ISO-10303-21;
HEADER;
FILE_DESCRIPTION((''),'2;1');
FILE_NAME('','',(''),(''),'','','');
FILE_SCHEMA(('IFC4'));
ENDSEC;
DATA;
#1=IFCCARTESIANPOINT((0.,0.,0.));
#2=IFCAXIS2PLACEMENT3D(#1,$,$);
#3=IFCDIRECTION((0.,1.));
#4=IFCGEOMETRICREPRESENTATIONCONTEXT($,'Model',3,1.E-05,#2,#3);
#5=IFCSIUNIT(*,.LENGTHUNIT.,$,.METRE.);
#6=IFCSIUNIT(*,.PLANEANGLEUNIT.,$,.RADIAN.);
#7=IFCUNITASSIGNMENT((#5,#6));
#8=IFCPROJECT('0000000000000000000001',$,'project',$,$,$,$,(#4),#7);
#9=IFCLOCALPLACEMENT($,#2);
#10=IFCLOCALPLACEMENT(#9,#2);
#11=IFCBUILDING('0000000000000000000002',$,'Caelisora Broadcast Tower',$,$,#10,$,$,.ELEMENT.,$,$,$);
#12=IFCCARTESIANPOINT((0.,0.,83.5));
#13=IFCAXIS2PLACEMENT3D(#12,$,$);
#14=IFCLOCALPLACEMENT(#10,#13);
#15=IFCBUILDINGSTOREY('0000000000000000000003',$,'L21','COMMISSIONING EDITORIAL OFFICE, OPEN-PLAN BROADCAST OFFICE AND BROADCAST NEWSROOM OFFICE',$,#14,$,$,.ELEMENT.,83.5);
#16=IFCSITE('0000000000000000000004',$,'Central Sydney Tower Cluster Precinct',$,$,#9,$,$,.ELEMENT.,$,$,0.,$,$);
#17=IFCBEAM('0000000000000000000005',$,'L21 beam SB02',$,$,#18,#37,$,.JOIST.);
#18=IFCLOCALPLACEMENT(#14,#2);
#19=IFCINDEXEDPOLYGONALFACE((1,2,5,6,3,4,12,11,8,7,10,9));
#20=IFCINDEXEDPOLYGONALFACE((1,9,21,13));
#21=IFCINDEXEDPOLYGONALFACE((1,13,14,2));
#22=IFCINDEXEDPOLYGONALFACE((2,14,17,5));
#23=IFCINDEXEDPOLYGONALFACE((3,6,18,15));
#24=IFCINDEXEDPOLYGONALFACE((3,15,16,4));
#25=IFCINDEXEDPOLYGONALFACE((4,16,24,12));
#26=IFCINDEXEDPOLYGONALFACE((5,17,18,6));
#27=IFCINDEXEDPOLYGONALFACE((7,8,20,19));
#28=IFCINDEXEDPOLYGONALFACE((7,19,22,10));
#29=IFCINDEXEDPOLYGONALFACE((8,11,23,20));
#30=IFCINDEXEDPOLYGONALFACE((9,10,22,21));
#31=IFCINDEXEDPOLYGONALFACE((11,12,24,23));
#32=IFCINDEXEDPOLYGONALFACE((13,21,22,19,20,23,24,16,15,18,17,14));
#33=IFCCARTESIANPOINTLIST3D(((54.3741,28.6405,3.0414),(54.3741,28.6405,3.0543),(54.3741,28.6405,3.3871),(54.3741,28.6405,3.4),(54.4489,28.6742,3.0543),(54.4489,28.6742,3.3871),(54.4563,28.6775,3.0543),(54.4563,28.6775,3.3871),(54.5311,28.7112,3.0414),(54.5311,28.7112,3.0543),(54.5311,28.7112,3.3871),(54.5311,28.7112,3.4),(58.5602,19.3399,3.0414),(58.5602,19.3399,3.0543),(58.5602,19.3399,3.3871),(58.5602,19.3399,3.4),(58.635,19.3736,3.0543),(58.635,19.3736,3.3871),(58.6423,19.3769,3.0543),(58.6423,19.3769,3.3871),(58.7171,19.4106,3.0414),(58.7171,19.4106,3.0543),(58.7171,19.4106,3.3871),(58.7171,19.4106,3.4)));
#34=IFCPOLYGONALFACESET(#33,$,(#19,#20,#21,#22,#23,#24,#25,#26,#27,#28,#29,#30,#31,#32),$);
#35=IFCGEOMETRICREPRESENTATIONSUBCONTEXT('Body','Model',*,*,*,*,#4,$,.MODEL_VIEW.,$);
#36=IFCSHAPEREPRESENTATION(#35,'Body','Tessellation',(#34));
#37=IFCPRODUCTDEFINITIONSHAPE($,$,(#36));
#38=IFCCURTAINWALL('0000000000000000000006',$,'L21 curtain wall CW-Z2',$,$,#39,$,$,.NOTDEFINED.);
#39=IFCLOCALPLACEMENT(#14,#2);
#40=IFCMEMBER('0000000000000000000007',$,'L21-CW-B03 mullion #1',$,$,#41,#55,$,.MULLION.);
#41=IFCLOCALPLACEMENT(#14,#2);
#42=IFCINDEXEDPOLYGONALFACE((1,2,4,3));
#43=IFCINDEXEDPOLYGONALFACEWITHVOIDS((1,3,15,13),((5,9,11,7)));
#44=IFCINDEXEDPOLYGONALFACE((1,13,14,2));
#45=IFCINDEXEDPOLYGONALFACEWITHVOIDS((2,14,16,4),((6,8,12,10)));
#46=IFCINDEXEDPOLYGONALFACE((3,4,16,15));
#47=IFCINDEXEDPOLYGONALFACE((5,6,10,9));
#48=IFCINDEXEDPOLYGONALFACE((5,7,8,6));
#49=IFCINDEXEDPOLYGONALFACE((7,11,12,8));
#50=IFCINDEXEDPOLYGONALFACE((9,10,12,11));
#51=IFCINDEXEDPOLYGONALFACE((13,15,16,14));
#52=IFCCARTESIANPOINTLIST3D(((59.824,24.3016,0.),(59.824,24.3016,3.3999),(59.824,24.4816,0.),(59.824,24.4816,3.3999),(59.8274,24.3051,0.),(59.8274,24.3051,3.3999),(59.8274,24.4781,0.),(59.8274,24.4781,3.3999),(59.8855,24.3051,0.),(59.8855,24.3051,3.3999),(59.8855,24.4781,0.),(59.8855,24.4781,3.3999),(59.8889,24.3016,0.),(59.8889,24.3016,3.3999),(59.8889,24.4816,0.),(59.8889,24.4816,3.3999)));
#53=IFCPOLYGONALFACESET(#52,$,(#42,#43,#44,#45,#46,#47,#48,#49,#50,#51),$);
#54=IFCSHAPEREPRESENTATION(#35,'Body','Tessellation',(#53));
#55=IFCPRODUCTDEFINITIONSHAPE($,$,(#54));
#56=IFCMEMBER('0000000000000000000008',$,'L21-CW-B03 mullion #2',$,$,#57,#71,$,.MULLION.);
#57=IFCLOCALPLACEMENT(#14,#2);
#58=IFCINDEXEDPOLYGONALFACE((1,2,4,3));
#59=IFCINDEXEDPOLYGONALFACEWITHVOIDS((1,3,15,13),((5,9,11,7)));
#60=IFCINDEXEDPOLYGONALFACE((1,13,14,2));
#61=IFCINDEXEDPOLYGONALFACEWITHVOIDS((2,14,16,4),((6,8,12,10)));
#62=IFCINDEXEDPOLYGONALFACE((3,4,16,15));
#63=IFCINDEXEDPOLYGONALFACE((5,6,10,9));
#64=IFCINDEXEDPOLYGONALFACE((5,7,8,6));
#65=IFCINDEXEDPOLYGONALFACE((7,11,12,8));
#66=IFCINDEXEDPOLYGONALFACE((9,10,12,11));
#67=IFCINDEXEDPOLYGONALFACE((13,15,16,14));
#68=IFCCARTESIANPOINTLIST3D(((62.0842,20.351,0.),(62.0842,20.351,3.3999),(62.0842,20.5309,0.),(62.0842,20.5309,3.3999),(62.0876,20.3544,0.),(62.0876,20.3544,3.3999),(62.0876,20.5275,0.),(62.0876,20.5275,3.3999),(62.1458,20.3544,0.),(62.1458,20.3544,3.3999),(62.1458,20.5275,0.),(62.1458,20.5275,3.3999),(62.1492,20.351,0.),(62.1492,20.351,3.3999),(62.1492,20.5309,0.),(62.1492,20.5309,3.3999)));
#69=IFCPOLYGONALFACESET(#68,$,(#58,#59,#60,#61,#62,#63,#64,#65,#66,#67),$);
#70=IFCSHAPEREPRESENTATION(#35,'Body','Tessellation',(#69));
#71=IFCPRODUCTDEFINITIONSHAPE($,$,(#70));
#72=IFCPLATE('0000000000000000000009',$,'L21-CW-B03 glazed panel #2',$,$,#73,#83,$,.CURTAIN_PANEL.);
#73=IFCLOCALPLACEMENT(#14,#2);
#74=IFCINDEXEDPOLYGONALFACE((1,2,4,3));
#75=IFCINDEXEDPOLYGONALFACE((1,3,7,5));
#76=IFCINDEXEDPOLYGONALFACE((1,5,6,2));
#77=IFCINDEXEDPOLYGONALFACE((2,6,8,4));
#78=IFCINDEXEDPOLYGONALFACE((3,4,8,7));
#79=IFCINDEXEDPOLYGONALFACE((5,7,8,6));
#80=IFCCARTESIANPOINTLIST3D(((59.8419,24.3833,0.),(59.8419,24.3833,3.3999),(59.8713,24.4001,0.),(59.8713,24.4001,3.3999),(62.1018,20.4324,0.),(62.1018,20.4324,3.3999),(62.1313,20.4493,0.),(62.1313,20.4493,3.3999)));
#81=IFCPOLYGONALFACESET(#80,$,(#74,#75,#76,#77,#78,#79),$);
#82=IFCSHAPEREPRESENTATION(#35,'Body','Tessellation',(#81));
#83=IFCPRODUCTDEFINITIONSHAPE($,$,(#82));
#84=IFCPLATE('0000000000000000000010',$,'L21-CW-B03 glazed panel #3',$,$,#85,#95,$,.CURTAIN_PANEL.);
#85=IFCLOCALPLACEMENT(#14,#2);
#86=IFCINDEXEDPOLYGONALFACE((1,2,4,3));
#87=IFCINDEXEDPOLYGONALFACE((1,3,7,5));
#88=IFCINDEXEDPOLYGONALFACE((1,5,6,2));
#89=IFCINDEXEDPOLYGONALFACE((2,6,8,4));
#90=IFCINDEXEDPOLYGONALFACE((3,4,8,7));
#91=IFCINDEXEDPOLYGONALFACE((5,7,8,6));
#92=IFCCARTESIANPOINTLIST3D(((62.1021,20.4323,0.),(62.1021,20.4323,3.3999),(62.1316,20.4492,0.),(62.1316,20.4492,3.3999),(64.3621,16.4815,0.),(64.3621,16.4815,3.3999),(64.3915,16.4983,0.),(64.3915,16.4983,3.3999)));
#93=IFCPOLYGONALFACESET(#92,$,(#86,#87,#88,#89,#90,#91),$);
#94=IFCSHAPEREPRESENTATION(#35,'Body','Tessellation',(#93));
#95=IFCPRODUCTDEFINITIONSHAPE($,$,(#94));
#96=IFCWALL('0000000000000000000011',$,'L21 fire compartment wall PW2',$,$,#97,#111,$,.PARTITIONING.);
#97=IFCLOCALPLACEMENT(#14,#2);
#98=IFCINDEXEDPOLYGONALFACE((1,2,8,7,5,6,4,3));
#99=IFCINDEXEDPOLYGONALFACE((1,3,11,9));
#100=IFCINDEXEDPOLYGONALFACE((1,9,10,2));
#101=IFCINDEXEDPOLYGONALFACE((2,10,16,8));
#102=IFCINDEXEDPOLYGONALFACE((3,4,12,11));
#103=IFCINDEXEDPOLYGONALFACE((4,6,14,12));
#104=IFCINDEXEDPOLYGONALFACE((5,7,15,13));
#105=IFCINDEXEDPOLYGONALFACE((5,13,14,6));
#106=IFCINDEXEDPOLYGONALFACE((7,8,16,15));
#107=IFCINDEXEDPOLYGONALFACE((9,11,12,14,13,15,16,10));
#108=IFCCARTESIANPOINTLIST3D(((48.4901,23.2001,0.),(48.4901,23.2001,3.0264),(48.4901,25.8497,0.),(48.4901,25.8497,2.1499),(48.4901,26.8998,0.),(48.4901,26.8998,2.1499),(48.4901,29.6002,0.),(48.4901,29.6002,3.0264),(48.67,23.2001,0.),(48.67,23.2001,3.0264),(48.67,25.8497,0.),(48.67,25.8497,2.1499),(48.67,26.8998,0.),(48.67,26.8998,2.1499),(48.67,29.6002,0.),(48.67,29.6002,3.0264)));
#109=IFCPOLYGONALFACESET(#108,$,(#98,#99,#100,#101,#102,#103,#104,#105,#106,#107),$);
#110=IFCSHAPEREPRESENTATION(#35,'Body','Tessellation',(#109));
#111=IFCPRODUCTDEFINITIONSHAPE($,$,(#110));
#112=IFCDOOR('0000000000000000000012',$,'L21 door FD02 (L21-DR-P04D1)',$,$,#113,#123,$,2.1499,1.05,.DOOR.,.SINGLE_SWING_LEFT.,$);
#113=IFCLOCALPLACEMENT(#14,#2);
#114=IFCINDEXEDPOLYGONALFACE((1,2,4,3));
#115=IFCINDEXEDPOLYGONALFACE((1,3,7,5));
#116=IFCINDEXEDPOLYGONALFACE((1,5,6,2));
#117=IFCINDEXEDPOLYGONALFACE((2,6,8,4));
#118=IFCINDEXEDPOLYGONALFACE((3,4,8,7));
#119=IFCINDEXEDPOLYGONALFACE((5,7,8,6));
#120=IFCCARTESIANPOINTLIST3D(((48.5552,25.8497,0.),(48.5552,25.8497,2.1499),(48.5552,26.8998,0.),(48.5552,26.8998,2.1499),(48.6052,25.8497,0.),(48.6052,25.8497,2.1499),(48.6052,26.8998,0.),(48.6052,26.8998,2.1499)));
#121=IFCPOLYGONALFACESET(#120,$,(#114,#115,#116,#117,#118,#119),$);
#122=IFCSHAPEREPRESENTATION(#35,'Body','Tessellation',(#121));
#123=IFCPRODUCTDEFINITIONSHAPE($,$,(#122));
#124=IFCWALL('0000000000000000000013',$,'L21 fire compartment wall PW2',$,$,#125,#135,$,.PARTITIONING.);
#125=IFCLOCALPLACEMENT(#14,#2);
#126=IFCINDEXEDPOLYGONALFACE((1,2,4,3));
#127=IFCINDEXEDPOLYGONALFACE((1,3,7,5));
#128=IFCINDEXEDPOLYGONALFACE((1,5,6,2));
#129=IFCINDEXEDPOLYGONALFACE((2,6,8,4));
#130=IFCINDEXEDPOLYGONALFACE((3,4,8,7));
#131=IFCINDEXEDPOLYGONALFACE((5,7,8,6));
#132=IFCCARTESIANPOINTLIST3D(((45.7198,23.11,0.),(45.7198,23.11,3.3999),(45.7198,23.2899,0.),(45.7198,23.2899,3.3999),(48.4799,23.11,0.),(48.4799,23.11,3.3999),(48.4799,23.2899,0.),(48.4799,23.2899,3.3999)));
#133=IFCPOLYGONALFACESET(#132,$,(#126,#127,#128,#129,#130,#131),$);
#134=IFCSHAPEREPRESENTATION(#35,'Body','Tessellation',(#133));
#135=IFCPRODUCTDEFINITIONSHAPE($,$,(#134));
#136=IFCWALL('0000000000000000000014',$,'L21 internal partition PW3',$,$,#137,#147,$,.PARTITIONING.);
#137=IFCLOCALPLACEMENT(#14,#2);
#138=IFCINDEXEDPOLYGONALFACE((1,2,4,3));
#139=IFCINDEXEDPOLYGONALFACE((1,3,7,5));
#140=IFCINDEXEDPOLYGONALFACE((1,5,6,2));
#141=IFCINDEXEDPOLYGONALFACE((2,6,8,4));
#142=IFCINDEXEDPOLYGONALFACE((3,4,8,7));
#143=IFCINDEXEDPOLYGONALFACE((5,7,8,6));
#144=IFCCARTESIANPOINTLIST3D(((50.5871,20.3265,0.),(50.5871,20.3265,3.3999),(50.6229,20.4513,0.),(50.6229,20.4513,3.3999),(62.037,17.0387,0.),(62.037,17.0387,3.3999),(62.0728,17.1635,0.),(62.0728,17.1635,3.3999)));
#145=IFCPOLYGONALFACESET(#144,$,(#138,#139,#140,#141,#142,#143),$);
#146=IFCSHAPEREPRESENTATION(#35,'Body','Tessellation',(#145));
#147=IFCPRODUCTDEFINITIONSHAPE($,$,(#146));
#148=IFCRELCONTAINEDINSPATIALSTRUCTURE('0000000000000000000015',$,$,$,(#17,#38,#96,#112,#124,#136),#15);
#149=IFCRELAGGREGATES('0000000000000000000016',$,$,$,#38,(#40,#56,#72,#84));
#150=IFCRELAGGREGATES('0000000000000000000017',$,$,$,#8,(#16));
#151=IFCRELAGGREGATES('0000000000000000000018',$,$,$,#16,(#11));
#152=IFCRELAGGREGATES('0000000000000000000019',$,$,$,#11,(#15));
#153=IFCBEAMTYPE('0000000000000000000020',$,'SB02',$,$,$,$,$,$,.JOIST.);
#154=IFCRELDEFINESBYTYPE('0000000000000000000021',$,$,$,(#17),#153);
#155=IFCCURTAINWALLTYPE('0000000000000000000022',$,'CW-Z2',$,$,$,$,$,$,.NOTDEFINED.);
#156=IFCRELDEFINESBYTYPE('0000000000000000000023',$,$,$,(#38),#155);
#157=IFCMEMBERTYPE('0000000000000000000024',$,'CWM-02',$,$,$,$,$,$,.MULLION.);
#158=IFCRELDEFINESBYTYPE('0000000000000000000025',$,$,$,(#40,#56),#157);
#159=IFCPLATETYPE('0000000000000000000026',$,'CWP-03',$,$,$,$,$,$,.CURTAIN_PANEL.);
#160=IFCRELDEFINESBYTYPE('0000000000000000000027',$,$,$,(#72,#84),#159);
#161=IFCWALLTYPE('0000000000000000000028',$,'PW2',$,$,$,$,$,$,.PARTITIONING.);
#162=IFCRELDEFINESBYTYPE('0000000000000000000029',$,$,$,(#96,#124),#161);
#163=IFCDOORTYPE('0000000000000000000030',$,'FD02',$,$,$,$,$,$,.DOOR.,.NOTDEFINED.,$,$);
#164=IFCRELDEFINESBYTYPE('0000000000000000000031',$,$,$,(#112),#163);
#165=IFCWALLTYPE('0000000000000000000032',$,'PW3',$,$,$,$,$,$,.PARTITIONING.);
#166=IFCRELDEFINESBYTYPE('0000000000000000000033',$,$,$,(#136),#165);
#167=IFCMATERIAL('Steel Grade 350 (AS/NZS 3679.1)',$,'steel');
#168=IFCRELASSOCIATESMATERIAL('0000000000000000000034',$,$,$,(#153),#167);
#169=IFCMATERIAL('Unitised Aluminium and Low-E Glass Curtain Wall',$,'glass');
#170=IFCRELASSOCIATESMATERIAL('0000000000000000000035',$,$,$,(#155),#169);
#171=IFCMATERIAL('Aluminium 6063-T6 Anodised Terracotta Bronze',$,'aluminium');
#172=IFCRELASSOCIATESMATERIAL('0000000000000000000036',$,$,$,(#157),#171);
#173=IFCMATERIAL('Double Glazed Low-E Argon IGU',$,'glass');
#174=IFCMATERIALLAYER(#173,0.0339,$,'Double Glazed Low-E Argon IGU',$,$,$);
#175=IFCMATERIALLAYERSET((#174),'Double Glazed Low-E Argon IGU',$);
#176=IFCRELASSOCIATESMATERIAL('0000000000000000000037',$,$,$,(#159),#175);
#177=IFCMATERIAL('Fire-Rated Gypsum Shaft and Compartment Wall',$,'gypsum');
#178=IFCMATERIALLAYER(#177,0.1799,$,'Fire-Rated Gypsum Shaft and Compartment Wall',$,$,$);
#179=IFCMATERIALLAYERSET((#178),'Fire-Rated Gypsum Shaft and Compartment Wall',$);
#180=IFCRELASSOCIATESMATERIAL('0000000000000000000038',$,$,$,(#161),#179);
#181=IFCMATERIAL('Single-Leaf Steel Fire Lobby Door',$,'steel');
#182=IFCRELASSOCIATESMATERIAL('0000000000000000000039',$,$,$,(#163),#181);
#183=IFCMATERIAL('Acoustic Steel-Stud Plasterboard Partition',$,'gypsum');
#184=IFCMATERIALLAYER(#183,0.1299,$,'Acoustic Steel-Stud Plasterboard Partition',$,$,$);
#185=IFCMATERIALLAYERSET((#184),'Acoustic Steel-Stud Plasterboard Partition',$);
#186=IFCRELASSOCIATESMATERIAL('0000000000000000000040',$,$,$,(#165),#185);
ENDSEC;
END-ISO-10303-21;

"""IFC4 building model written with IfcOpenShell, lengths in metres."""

from ifc_helpers import new_model, si_unit, direction, frame, frame_2d, origin, origin_2d, place, context, subcontext, project, spatial, rectangle, hollow_rectangle, i_section, extrude, source, transform, mapped, material, layer, layer_set, material_profile, profile_set, type_object, type_shapes, element, fill, aggregate, save


model = new_model("IFC4")

# Units and contexts
model_context = context("Model", 3, precision=1e-05, world=origin(), true_north=direction((0.0, 1.0)))
body_context = subcontext(model_context, "Body", "Model", "MODEL_VIEW")
ifc_project = project(units=[si_unit("LENGTHUNIT", "METRE"), si_unit("PLANEANGLEUNIT", "RADIAN")], contexts=[model_context])

# Site, building, storey
site_placement = place(None, origin())
site = spatial("IfcSite", under=ifc_project, at=site_placement, Name="Central Sydney Tower Cluster Precinct", CompositionType="ELEMENT", RefElevation=0.0)
building_placement = place(site_placement, origin())
building = spatial("IfcBuilding", under=site, at=building_placement, Name="Caelisora Broadcast Tower", CompositionType="ELEMENT")
storey_placement = place(building_placement, frame((0.0, 0.0, 83.5)))
storey = spatial("IfcBuildingStorey", under=building, at=storey_placement, Name="L21", Description="COMMISSIONING EDITORIAL OFFICE, OPEN-PLAN BROADCAST OFFICE AND BROADCAST NEWSROOM OFFICE", CompositionType="ELEMENT", Elevation=83.5)

# Beam
ifc_material_1 = material(Name="Steel Grade 350 (AS/NZS 3679.1)", Category="steel")
ifc_material_profile_1 = material_profile(ifc_material_1, i_section(OverallWidth=0.1721, OverallDepth=0.3586, WebThickness=0.0081, FlangeThickness=0.0129, at=origin_2d()), Name="Steel Grade 350 (AS/NZS 3679.1)")
ifc_profile_set_1 = profile_set([ifc_material_profile_1], Name="Steel Grade 350 (AS/NZS 3679.1)")
beam_type_1 = type_object("IfcBeamType", Name="SB02", PredefinedType="JOIST", material=ifc_profile_set_1)
shared_shape_1 = source(origin(), body_context, "Body", "SweptSolid", [
    extrude(i_section(OverallWidth=0.1721, OverallDepth=0.3586, WebThickness=0.0081, FlangeThickness=0.0129, at=origin_2d()), origin(), (0.0, 0.0, 1.0), 10.1992),
])
beam_1_placement = place(storey_placement, frame((58.6387, 19.3752, 3.2207), z_axis=(-0.410429, 0.911892, 0.0), x_axis=(-0.911892, -0.410429, 0.0)))
element("IfcBeam", 1, at=beam_1_placement, inside=storey, type_object=beam_type_1, Name="L21 beam SB02", PredefinedType="JOIST", context=body_context, shape_type="MappedRepresentation", body=[
    mapped(shared_shape_1, transform((0.0, 0.0, 0.0), scale=1.0)),
])

# Curtain wall, members, plates
ifc_material_2 = material(Name="Unitised Aluminium and Low-E Glass Curtain Wall", Category="glass")
curtain_wall_type = type_object("IfcCurtainWallType", Name="CW-Z2", PredefinedType="NOTDEFINED", material=ifc_material_2)
curtain_wall_placement = place(storey_placement, origin())
curtain_wall = element("IfcCurtainWall", 2, at=curtain_wall_placement, inside=storey, type_object=curtain_wall_type, Name="L21 curtain wall CW-Z2", PredefinedType="NOTDEFINED")
ifc_material_3 = material(Name="Aluminium 6063-T6 Anodised Terracotta Bronze", Category="aluminium")
ifc_material_profile_2 = material_profile(ifc_material_3, hollow_rectangle(XDim=0.0649, YDim=0.1799, WallThickness=0.0034, at=origin_2d()), Name="Aluminium 6063-T6 Anodised Terracotta Bronze")
ifc_profile_set_2 = profile_set([ifc_material_profile_2], Name="Aluminium 6063-T6 Anodised Terracotta Bronze")
member_type = type_object("IfcMemberType", Name="CWM-02", PredefinedType="MULLION", material=ifc_profile_set_2)
shared_shape_2 = source(origin(), body_context, "Body", "SweptSolid", [
    extrude(hollow_rectangle(XDim=0.0649, YDim=0.1799, WallThickness=0.0034, at=origin_2d()), origin(), (0.0, 0.0, 1.0), 3.3999),
])
type_shapes(member_type, [shared_shape_2])
member_1_placement = place(storey_placement, frame((59.8564, 24.3916, 0.0), z_axis=(0.0, 0.0, 1.0), x_axis=(1.0, 0.0, 0.0)))
member_1 = element("IfcMember", 3, at=member_1_placement, type_object=member_type, Name="L21-CW-B03 mullion #1", PredefinedType="MULLION", context=body_context, shape_type="MappedRepresentation", body=[
    mapped(shared_shape_2, transform((0.0, 0.0, 0.0), scale=1.0)),
])
member_2_placement = place(storey_placement, frame((62.1167, 20.4409, 0.0), z_axis=(0.0, 0.0, 1.0), x_axis=(1.0, 0.0, 0.0)))
member_2 = element("IfcMember", 4, at=member_2_placement, type_object=member_type, Name="L21-CW-B03 mullion #2", PredefinedType="MULLION", context=body_context, shape_type="MappedRepresentation", body=[
    mapped(shared_shape_2, transform((0.0, 0.0, 0.0), scale=1.0)),
])
ifc_material_4 = material(Name="Double Glazed Low-E Argon IGU", Category="glass")
ifc_layer_1 = layer(ifc_material_4, 0.0339, Name="Double Glazed Low-E Argon IGU")
ifc_layer_set_1 = layer_set([ifc_layer_1], Name="Double Glazed Low-E Argon IGU")
plate_type = type_object("IfcPlateType", Name="CWP-03", PredefinedType="CURTAIN_PANEL", material=ifc_layer_set_1)
shared_shape_3 = source(origin(), body_context, "Body", "SweptSolid", [
    extrude(rectangle(XDim=4.5515, YDim=0.0339, at=origin_2d()), origin(), (0.0, 0.0, 1.0), 3.3999),
])
type_shapes(plate_type, [shared_shape_3])
plate_1_placement = place(storey_placement, frame((60.9866, 22.4163, 0.0), z_axis=(0.0, 0.0, 1.0), x_axis=(0.49652, -0.868026, 0.0)))
plate_1 = element("IfcPlate", 5, at=plate_1_placement, type_object=plate_type, Name="L21-CW-B03 glazed panel #2", PredefinedType="CURTAIN_PANEL", context=body_context, shape_type="MappedRepresentation", body=[
    mapped(shared_shape_3, transform((0.0, 0.0, 0.0), scale=1.0)),
])
plate_2_placement = place(storey_placement, frame((63.2468, 18.4653, 0.0), z_axis=(0.0, 0.0, 1.0), x_axis=(0.49652, -0.868026, 0.0)))
plate_2 = element("IfcPlate", 6, at=plate_2_placement, type_object=plate_type, Name="L21-CW-B03 glazed panel #3", PredefinedType="CURTAIN_PANEL", context=body_context, shape_type="MappedRepresentation", body=[
    mapped(shared_shape_3, transform((0.0, 0.0, 0.0), scale=1.0)),
])
aggregate(curtain_wall, [member_1, member_2, plate_1, plate_2])

# Wall, opening, door
ifc_material_5 = material(Name="Fire-Rated Gypsum Shaft and Compartment Wall", Category="gypsum")
ifc_layer_2 = layer(ifc_material_5, 0.1799, Name="Fire-Rated Gypsum Shaft and Compartment Wall")
ifc_layer_set_2 = layer_set([ifc_layer_2], Name="Fire-Rated Gypsum Shaft and Compartment Wall")
wall_type_1 = type_object("IfcWallType", Name="PW2", PredefinedType="PARTITIONING", material=ifc_layer_set_2)
wall_1_placement = place(storey_placement, frame((48.5801, 23.2, 0.0), z_axis=(0.0, 0.0, 1.0), x_axis=(0.0, 1.0, 0.0)))
wall_1 = element("IfcWall", 7, at=wall_1_placement, inside=storey, type_object=wall_type_1, Name="L21 fire compartment wall PW2", PredefinedType="PARTITIONING", context=body_context, shape_type="SweptSolid", body=[
    extrude(rectangle(XDim=6.4001, YDim=0.1799, at=frame_2d((3.2002, 0.0))), origin(), (0.0, 0.0, 1.0), 3.0264),
])
opening_1_placement = place(wall_1_placement, frame((2.6499, 0.0, 0.0)))
opening_1 = element("IfcOpeningElement", 8, at=opening_1_placement, cuts=wall_1, PredefinedType="OPENING", context=body_context, shape_type="SweptSolid", body=[
    extrude(rectangle(XDim=1.05, YDim=2.1499, at=frame_2d((0.5249, 1.075))), frame((0.0, 0.1021, 0.0), z_axis=(0.0, -1.0, 0.0), x_axis=(1.0, 0.0, 0.0)), (0.0, 0.0, 1.0), 0.2039),
])
ifc_material_6 = material(Name="Single-Leaf Steel Fire Lobby Door", Category="steel")
door_type_1 = type_object("IfcDoorType", Name="FD02", OperationType="NOTDEFINED", PredefinedType="DOOR", material=ifc_material_6)
door_1_placement = place(opening_1_placement, origin())
door_1 = element("IfcDoor", 9, at=door_1_placement, inside=storey, type_object=door_type_1, Name="L21 door FD02 (L21-DR-P04D1)", OperationType="SINGLE_SWING_LEFT", OverallHeight=2.1499, OverallWidth=1.05, PredefinedType="DOOR", context=body_context, shape_type="SweptSolid", body=[
    extrude(rectangle(XDim=1.05, YDim=2.1499, at=frame_2d((0.5249, 1.075))), frame((0.0, 0.0249, 0.0), z_axis=(0.0, -1.0, 0.0), x_axis=(1.0, 0.0, 0.0)), (0.0, 0.0, 1.0), 0.05),
])
fill(opening_1, door_1)

# Walls
wall_2_placement = place(storey_placement, frame((45.72, 23.2, 0.0), z_axis=(0.0, 0.0, 1.0), x_axis=(1.0, 0.0, 0.0)))
element("IfcWall", 10, at=wall_2_placement, inside=storey, type_object=wall_type_1, Name="L21 fire compartment wall PW2", PredefinedType="PARTITIONING", context=body_context, shape_type="SweptSolid", body=[
    extrude(rectangle(XDim=2.76, YDim=0.1799, at=frame_2d((1.3799, 0.0))), origin(), (0.0, 0.0, 1.0), 3.3999),
])
ifc_material_7 = material(Name="Acoustic Steel-Stud Plasterboard Partition", Category="gypsum")
ifc_layer_3 = layer(ifc_material_7, 0.1299, Name="Acoustic Steel-Stud Plasterboard Partition")
ifc_layer_set_3 = layer_set([ifc_layer_3], Name="Acoustic Steel-Stud Plasterboard Partition")
wall_type_2 = type_object("IfcWallType", Name="PW3", PredefinedType="PARTITIONING", material=ifc_layer_set_3)
wall_3_placement = place(storey_placement, frame((50.605, 20.3889, 0.0), z_axis=(0.0, 0.0, 1.0), x_axis=(0.961159, -0.275996, 0.0)))
element("IfcWall", 11, at=wall_3_placement, inside=storey, type_object=wall_type_2, Name="L21 internal partition PW3", PredefinedType="PARTITIONING", context=body_context, shape_type="SweptSolid", body=[
    extrude(rectangle(XDim=11.9126, YDim=0.1299, at=frame_2d((5.9563, 0.0))), origin(), (0.0, 0.0, 1.0), 3.3999),
])

save(model, "model.ifc")
